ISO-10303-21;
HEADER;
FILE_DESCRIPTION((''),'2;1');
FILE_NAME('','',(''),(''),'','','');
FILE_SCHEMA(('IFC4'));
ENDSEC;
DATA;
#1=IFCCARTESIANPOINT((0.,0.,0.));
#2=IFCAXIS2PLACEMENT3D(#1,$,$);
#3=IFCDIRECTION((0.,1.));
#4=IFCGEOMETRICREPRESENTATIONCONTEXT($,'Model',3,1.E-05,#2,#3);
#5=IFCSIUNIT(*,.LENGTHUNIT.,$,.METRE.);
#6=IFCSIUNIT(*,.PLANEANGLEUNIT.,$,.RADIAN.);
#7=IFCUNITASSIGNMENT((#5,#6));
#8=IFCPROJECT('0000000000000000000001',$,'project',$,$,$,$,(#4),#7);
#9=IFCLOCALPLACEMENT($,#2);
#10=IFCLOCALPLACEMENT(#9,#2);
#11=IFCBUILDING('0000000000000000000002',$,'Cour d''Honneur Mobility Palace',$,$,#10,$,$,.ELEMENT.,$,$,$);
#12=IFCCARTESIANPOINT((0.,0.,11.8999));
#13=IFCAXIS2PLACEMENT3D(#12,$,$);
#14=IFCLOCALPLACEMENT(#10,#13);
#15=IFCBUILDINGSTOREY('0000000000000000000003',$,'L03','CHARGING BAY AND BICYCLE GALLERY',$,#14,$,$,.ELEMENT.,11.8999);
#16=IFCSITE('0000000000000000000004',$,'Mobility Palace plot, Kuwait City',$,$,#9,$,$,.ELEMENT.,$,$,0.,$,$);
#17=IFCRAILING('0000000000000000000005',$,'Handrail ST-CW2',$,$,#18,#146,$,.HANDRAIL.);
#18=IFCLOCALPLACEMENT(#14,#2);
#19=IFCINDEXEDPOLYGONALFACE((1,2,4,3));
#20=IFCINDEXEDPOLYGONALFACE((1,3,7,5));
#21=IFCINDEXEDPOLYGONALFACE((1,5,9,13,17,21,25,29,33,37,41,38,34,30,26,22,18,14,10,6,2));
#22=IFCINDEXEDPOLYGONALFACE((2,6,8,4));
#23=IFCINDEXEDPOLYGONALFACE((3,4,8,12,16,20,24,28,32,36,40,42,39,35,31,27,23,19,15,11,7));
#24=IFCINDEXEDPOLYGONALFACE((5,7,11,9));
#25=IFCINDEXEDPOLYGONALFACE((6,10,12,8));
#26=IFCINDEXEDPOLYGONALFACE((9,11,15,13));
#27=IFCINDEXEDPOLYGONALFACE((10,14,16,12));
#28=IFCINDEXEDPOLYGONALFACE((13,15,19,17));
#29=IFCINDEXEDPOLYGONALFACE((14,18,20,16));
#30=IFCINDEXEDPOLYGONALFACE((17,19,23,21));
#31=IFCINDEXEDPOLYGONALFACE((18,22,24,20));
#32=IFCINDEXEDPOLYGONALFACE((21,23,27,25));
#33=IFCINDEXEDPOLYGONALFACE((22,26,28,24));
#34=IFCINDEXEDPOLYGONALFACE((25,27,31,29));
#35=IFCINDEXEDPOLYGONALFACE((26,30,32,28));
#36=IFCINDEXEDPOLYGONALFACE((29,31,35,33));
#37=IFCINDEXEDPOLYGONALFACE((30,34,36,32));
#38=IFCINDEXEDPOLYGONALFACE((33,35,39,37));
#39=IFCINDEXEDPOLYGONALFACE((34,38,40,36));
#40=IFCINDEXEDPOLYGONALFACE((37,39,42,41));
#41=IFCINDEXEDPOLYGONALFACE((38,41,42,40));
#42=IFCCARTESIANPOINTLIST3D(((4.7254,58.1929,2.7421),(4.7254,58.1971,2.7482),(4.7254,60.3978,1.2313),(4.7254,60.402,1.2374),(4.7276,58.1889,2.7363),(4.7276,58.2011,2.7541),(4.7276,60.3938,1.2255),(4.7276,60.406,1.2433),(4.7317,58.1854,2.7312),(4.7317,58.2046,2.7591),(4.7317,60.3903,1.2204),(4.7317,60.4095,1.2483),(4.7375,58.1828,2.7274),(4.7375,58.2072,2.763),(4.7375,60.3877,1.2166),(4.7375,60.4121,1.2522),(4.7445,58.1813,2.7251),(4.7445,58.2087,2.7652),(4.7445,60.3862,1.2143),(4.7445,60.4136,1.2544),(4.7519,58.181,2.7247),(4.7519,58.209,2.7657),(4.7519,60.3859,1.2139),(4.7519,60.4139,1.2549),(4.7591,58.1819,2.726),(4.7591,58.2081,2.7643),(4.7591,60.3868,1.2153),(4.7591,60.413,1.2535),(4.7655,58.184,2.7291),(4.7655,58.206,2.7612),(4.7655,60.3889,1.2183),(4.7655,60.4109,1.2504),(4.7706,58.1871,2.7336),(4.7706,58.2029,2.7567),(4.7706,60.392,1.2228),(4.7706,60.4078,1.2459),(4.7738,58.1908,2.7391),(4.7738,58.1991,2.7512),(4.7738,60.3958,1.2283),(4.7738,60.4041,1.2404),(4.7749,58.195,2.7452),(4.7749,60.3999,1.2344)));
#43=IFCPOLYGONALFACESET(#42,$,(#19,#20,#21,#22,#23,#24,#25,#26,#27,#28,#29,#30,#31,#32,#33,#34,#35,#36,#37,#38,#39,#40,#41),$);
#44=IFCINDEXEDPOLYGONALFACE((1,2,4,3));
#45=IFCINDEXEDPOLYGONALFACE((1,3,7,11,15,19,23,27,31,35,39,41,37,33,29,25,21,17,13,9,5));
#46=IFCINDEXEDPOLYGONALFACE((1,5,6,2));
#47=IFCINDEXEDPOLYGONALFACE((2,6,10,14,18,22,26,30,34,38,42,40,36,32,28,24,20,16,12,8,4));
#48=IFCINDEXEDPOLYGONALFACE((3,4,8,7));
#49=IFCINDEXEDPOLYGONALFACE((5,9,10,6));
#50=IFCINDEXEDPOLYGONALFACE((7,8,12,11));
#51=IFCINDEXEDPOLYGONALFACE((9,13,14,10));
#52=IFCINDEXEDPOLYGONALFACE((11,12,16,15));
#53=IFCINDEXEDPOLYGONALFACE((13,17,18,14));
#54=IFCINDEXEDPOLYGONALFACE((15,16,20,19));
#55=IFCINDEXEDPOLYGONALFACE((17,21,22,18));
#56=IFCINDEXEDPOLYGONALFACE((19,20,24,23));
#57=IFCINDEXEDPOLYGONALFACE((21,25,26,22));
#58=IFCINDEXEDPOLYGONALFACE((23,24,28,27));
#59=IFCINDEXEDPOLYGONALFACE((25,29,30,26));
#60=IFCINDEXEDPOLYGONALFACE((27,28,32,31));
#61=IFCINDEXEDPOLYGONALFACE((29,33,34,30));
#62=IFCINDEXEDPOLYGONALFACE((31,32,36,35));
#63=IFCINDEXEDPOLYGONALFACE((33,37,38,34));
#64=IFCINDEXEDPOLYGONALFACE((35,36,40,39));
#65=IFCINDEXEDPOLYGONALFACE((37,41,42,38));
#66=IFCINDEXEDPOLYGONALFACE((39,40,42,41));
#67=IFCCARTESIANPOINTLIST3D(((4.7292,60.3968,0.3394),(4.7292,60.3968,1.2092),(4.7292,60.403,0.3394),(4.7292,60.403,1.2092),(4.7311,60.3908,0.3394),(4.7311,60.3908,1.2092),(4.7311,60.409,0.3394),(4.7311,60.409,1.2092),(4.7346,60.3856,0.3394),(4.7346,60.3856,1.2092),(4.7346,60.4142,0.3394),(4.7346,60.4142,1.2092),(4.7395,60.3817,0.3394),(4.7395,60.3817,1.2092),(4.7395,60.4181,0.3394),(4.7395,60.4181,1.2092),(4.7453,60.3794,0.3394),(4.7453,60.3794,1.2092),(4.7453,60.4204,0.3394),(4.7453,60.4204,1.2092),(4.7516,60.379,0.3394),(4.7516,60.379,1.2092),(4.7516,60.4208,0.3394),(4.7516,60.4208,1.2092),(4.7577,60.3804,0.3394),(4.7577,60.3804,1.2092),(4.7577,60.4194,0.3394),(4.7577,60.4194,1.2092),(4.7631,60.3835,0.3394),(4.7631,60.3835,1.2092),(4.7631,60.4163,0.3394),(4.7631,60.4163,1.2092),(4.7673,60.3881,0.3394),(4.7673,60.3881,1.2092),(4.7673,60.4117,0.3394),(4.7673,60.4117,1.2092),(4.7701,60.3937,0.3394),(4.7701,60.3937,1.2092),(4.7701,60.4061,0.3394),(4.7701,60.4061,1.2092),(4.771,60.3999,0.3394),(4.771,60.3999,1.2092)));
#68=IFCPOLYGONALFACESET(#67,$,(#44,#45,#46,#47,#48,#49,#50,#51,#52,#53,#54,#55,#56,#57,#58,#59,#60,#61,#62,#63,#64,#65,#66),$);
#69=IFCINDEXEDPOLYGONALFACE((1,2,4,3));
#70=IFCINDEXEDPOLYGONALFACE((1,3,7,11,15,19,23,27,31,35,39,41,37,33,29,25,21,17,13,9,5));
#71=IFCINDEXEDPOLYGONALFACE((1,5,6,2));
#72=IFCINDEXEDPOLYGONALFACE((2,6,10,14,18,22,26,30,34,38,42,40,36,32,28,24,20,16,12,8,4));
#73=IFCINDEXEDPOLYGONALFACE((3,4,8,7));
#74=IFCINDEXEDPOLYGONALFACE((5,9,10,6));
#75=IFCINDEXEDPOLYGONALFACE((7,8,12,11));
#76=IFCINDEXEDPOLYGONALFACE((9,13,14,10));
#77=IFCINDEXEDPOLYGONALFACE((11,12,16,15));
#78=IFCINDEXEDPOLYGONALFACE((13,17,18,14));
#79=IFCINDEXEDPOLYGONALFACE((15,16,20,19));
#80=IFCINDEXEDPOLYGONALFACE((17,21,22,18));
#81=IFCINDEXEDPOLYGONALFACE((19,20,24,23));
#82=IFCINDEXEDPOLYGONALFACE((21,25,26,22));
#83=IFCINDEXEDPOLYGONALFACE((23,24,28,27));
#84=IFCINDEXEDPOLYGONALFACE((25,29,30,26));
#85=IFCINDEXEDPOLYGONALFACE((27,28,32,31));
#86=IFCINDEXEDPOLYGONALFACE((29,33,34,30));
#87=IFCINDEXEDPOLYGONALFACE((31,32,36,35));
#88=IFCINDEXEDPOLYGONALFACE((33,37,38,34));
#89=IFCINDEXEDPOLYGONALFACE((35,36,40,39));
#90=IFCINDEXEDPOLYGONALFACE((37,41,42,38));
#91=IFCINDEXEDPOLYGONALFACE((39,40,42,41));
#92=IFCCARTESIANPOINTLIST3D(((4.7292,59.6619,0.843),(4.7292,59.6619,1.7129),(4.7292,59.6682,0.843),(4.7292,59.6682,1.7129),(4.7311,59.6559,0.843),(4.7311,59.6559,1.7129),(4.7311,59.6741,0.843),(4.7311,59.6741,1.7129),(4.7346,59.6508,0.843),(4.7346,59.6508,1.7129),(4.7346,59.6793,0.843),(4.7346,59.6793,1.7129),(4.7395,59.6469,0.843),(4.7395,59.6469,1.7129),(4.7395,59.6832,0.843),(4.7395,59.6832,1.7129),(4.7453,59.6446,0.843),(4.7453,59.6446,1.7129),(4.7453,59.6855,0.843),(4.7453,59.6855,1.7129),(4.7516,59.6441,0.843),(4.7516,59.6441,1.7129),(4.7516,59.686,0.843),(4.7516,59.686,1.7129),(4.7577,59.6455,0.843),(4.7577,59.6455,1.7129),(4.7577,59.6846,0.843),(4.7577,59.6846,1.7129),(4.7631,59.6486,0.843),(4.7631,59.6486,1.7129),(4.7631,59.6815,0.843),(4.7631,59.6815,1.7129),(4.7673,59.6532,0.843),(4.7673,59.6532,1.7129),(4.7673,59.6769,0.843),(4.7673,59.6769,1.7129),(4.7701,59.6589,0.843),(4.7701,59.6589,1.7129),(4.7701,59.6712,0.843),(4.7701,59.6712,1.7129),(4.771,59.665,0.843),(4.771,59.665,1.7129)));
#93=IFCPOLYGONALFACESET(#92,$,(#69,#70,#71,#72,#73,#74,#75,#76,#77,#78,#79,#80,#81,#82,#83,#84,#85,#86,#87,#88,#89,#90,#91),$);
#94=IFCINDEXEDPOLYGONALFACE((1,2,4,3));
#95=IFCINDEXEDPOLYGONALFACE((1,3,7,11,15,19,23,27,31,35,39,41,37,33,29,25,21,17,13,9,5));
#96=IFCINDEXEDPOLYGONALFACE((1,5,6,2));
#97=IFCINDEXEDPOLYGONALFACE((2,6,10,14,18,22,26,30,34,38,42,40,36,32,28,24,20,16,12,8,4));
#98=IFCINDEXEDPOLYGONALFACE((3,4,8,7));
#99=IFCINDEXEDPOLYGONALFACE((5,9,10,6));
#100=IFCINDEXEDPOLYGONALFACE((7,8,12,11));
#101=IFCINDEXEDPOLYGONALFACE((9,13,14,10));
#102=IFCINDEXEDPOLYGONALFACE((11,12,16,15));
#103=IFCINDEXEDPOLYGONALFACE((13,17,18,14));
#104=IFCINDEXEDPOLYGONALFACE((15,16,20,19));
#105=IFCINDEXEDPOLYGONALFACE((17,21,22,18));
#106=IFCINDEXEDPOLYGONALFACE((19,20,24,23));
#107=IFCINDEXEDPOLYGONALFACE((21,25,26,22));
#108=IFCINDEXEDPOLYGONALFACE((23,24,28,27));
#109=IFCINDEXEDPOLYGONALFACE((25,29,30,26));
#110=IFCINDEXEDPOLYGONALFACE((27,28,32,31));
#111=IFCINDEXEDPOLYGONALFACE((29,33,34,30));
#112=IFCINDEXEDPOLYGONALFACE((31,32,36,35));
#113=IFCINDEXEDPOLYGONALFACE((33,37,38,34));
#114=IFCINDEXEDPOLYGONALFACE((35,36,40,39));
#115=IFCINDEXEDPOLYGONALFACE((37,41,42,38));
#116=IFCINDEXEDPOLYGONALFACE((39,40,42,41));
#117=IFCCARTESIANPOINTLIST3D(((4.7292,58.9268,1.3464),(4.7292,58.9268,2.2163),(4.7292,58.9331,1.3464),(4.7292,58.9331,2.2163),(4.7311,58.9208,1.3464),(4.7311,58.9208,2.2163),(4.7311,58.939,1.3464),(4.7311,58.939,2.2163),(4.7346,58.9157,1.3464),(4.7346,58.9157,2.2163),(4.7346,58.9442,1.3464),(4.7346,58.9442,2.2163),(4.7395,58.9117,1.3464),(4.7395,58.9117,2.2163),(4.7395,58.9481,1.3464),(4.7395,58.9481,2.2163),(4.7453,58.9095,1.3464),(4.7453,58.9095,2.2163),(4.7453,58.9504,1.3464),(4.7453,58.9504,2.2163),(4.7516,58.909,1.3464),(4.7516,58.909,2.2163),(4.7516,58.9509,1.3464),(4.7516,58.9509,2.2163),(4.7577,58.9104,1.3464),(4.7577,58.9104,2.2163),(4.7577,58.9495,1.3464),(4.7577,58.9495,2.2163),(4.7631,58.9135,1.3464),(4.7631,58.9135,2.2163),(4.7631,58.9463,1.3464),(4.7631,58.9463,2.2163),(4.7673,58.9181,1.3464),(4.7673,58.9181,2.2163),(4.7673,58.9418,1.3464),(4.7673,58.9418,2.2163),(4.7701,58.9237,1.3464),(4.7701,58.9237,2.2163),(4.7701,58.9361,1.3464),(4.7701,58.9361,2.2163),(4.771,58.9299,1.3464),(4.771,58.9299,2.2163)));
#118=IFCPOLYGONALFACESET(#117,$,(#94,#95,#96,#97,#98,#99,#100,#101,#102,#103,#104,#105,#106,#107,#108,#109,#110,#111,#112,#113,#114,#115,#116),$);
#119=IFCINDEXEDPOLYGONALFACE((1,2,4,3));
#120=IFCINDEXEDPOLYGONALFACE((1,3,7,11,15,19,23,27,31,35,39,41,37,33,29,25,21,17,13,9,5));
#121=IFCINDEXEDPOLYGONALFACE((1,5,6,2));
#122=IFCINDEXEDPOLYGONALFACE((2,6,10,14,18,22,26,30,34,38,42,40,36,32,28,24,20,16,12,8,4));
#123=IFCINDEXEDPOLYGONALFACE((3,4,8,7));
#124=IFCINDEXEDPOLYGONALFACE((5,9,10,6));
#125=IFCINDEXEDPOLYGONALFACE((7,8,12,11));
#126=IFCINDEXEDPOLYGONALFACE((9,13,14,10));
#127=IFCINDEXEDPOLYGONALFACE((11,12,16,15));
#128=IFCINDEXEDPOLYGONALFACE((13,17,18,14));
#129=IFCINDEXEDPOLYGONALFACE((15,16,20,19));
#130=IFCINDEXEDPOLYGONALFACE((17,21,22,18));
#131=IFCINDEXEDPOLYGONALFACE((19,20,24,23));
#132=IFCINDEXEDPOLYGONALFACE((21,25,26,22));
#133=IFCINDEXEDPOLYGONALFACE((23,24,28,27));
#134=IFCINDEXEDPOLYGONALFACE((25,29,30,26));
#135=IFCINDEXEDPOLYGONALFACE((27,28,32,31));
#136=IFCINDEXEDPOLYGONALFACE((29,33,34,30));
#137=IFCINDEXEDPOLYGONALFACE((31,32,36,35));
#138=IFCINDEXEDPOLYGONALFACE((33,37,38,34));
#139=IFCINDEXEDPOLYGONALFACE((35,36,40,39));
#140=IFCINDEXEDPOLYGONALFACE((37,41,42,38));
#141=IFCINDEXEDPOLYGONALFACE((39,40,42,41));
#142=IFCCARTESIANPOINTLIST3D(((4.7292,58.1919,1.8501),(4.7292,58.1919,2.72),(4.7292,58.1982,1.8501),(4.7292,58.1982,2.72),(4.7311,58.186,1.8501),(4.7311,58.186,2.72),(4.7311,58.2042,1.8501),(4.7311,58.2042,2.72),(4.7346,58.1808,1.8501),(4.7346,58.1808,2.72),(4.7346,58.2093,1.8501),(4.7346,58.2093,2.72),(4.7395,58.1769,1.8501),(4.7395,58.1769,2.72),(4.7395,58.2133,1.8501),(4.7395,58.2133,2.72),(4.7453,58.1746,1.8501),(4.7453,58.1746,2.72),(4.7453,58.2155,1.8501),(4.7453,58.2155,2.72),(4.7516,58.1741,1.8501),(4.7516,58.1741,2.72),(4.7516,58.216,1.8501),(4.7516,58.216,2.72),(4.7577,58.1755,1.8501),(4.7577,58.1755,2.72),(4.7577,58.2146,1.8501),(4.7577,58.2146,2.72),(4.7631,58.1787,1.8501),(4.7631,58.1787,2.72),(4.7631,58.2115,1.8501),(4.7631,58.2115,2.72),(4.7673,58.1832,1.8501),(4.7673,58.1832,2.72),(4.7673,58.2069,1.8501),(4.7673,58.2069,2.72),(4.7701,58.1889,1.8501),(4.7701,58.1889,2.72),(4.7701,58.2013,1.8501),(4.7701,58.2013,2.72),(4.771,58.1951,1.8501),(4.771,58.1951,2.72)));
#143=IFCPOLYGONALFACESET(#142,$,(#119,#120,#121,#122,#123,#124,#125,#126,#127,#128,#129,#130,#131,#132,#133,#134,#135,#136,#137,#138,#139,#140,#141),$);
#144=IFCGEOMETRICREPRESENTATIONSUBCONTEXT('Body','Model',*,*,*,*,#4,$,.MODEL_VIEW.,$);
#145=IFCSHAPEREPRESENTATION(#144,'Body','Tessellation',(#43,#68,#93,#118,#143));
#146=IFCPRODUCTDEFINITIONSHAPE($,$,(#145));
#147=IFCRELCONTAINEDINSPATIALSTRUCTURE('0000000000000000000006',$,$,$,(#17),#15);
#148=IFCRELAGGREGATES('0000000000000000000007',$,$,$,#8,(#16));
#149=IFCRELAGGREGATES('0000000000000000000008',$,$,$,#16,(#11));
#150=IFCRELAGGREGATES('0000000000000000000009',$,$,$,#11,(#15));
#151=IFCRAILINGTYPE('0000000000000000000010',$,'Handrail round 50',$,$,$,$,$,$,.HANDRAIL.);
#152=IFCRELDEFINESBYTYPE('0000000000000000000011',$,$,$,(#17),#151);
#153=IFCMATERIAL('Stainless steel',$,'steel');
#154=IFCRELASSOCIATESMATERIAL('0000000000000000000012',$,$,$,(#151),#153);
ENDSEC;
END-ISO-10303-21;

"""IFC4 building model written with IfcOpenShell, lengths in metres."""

from ifc_helpers import new_model, si_unit, direction, frame, origin, origin_2d, place, context, subcontext, project, spatial, circle, extrude, material, type_object, element, save


model = new_model("IFC4")

# Units and contexts
model_context = context("Model", 3, precision=1e-05, world=origin(), true_north=direction((0.0, 1.0)))
body_context = subcontext(model_context, "Body", "Model", "MODEL_VIEW")
ifc_project = project(units=[si_unit("LENGTHUNIT", "METRE"), si_unit("PLANEANGLEUNIT", "RADIAN")], contexts=[model_context])

# Site, building, storey
site_placement = place(None, origin())
site = spatial("IfcSite", under=ifc_project, at=site_placement, Name="Mobility Palace plot, Kuwait City", CompositionType="ELEMENT", RefElevation=0.0)
building_placement = place(site_placement, origin())
building = spatial("IfcBuilding", under=site, at=building_placement, Name="Cour d'Honneur Mobility Palace", CompositionType="ELEMENT")
storey_placement = place(building_placement, frame((0.0, 0.0, 11.8999)))
storey = spatial("IfcBuildingStorey", under=building, at=storey_placement, Name="L03", Description="CHARGING BAY AND BICYCLE GALLERY", CompositionType="ELEMENT", Elevation=11.8999)

# Railing
ifc_material_1 = material(Name="Stainless steel", Category="steel")
railing_type_1 = type_object("IfcRailingType", Name="Handrail round 50", PredefinedType="HANDRAIL", material=ifc_material_1)
railing_1_placement = place(storey_placement, frame((4.75, 60.3999, 0.3394)))
element("IfcRailing", 1, at=railing_1_placement, inside=storey, type_object=railing_type_1, Name="Handrail ST-CW2", PredefinedType="HANDRAIL", context=body_context, shape_type="SweptSolid", body=[
    extrude(circle(Radius=0.0249, at=origin_2d()), frame((0.0, 0.0, 0.895), z_axis=(0.0, -0.824928, 0.565237), x_axis=(1.0, 0.0, 0.0)), (0.0, 0.0, 1.0), 2.6729),
    extrude(circle(Radius=0.021, at=origin_2d()), origin(), (0.0, 0.0, 1.0), 0.8699),
    extrude(circle(Radius=0.021, at=origin_2d()), frame((0.0, -0.7349, 0.5037)), (0.0, 0.0, 1.0), 0.8699),
    extrude(circle(Radius=0.021, at=origin_2d()), frame((0.0, -1.47, 1.0071)), (0.0, 0.0, 1.0), 0.8699),
    extrude(circle(Radius=0.021, at=origin_2d()), frame((0.0, -2.2048, 1.5107)), (0.0, 0.0, 1.0), 0.8699),
])

save(model, "model.ifc")
